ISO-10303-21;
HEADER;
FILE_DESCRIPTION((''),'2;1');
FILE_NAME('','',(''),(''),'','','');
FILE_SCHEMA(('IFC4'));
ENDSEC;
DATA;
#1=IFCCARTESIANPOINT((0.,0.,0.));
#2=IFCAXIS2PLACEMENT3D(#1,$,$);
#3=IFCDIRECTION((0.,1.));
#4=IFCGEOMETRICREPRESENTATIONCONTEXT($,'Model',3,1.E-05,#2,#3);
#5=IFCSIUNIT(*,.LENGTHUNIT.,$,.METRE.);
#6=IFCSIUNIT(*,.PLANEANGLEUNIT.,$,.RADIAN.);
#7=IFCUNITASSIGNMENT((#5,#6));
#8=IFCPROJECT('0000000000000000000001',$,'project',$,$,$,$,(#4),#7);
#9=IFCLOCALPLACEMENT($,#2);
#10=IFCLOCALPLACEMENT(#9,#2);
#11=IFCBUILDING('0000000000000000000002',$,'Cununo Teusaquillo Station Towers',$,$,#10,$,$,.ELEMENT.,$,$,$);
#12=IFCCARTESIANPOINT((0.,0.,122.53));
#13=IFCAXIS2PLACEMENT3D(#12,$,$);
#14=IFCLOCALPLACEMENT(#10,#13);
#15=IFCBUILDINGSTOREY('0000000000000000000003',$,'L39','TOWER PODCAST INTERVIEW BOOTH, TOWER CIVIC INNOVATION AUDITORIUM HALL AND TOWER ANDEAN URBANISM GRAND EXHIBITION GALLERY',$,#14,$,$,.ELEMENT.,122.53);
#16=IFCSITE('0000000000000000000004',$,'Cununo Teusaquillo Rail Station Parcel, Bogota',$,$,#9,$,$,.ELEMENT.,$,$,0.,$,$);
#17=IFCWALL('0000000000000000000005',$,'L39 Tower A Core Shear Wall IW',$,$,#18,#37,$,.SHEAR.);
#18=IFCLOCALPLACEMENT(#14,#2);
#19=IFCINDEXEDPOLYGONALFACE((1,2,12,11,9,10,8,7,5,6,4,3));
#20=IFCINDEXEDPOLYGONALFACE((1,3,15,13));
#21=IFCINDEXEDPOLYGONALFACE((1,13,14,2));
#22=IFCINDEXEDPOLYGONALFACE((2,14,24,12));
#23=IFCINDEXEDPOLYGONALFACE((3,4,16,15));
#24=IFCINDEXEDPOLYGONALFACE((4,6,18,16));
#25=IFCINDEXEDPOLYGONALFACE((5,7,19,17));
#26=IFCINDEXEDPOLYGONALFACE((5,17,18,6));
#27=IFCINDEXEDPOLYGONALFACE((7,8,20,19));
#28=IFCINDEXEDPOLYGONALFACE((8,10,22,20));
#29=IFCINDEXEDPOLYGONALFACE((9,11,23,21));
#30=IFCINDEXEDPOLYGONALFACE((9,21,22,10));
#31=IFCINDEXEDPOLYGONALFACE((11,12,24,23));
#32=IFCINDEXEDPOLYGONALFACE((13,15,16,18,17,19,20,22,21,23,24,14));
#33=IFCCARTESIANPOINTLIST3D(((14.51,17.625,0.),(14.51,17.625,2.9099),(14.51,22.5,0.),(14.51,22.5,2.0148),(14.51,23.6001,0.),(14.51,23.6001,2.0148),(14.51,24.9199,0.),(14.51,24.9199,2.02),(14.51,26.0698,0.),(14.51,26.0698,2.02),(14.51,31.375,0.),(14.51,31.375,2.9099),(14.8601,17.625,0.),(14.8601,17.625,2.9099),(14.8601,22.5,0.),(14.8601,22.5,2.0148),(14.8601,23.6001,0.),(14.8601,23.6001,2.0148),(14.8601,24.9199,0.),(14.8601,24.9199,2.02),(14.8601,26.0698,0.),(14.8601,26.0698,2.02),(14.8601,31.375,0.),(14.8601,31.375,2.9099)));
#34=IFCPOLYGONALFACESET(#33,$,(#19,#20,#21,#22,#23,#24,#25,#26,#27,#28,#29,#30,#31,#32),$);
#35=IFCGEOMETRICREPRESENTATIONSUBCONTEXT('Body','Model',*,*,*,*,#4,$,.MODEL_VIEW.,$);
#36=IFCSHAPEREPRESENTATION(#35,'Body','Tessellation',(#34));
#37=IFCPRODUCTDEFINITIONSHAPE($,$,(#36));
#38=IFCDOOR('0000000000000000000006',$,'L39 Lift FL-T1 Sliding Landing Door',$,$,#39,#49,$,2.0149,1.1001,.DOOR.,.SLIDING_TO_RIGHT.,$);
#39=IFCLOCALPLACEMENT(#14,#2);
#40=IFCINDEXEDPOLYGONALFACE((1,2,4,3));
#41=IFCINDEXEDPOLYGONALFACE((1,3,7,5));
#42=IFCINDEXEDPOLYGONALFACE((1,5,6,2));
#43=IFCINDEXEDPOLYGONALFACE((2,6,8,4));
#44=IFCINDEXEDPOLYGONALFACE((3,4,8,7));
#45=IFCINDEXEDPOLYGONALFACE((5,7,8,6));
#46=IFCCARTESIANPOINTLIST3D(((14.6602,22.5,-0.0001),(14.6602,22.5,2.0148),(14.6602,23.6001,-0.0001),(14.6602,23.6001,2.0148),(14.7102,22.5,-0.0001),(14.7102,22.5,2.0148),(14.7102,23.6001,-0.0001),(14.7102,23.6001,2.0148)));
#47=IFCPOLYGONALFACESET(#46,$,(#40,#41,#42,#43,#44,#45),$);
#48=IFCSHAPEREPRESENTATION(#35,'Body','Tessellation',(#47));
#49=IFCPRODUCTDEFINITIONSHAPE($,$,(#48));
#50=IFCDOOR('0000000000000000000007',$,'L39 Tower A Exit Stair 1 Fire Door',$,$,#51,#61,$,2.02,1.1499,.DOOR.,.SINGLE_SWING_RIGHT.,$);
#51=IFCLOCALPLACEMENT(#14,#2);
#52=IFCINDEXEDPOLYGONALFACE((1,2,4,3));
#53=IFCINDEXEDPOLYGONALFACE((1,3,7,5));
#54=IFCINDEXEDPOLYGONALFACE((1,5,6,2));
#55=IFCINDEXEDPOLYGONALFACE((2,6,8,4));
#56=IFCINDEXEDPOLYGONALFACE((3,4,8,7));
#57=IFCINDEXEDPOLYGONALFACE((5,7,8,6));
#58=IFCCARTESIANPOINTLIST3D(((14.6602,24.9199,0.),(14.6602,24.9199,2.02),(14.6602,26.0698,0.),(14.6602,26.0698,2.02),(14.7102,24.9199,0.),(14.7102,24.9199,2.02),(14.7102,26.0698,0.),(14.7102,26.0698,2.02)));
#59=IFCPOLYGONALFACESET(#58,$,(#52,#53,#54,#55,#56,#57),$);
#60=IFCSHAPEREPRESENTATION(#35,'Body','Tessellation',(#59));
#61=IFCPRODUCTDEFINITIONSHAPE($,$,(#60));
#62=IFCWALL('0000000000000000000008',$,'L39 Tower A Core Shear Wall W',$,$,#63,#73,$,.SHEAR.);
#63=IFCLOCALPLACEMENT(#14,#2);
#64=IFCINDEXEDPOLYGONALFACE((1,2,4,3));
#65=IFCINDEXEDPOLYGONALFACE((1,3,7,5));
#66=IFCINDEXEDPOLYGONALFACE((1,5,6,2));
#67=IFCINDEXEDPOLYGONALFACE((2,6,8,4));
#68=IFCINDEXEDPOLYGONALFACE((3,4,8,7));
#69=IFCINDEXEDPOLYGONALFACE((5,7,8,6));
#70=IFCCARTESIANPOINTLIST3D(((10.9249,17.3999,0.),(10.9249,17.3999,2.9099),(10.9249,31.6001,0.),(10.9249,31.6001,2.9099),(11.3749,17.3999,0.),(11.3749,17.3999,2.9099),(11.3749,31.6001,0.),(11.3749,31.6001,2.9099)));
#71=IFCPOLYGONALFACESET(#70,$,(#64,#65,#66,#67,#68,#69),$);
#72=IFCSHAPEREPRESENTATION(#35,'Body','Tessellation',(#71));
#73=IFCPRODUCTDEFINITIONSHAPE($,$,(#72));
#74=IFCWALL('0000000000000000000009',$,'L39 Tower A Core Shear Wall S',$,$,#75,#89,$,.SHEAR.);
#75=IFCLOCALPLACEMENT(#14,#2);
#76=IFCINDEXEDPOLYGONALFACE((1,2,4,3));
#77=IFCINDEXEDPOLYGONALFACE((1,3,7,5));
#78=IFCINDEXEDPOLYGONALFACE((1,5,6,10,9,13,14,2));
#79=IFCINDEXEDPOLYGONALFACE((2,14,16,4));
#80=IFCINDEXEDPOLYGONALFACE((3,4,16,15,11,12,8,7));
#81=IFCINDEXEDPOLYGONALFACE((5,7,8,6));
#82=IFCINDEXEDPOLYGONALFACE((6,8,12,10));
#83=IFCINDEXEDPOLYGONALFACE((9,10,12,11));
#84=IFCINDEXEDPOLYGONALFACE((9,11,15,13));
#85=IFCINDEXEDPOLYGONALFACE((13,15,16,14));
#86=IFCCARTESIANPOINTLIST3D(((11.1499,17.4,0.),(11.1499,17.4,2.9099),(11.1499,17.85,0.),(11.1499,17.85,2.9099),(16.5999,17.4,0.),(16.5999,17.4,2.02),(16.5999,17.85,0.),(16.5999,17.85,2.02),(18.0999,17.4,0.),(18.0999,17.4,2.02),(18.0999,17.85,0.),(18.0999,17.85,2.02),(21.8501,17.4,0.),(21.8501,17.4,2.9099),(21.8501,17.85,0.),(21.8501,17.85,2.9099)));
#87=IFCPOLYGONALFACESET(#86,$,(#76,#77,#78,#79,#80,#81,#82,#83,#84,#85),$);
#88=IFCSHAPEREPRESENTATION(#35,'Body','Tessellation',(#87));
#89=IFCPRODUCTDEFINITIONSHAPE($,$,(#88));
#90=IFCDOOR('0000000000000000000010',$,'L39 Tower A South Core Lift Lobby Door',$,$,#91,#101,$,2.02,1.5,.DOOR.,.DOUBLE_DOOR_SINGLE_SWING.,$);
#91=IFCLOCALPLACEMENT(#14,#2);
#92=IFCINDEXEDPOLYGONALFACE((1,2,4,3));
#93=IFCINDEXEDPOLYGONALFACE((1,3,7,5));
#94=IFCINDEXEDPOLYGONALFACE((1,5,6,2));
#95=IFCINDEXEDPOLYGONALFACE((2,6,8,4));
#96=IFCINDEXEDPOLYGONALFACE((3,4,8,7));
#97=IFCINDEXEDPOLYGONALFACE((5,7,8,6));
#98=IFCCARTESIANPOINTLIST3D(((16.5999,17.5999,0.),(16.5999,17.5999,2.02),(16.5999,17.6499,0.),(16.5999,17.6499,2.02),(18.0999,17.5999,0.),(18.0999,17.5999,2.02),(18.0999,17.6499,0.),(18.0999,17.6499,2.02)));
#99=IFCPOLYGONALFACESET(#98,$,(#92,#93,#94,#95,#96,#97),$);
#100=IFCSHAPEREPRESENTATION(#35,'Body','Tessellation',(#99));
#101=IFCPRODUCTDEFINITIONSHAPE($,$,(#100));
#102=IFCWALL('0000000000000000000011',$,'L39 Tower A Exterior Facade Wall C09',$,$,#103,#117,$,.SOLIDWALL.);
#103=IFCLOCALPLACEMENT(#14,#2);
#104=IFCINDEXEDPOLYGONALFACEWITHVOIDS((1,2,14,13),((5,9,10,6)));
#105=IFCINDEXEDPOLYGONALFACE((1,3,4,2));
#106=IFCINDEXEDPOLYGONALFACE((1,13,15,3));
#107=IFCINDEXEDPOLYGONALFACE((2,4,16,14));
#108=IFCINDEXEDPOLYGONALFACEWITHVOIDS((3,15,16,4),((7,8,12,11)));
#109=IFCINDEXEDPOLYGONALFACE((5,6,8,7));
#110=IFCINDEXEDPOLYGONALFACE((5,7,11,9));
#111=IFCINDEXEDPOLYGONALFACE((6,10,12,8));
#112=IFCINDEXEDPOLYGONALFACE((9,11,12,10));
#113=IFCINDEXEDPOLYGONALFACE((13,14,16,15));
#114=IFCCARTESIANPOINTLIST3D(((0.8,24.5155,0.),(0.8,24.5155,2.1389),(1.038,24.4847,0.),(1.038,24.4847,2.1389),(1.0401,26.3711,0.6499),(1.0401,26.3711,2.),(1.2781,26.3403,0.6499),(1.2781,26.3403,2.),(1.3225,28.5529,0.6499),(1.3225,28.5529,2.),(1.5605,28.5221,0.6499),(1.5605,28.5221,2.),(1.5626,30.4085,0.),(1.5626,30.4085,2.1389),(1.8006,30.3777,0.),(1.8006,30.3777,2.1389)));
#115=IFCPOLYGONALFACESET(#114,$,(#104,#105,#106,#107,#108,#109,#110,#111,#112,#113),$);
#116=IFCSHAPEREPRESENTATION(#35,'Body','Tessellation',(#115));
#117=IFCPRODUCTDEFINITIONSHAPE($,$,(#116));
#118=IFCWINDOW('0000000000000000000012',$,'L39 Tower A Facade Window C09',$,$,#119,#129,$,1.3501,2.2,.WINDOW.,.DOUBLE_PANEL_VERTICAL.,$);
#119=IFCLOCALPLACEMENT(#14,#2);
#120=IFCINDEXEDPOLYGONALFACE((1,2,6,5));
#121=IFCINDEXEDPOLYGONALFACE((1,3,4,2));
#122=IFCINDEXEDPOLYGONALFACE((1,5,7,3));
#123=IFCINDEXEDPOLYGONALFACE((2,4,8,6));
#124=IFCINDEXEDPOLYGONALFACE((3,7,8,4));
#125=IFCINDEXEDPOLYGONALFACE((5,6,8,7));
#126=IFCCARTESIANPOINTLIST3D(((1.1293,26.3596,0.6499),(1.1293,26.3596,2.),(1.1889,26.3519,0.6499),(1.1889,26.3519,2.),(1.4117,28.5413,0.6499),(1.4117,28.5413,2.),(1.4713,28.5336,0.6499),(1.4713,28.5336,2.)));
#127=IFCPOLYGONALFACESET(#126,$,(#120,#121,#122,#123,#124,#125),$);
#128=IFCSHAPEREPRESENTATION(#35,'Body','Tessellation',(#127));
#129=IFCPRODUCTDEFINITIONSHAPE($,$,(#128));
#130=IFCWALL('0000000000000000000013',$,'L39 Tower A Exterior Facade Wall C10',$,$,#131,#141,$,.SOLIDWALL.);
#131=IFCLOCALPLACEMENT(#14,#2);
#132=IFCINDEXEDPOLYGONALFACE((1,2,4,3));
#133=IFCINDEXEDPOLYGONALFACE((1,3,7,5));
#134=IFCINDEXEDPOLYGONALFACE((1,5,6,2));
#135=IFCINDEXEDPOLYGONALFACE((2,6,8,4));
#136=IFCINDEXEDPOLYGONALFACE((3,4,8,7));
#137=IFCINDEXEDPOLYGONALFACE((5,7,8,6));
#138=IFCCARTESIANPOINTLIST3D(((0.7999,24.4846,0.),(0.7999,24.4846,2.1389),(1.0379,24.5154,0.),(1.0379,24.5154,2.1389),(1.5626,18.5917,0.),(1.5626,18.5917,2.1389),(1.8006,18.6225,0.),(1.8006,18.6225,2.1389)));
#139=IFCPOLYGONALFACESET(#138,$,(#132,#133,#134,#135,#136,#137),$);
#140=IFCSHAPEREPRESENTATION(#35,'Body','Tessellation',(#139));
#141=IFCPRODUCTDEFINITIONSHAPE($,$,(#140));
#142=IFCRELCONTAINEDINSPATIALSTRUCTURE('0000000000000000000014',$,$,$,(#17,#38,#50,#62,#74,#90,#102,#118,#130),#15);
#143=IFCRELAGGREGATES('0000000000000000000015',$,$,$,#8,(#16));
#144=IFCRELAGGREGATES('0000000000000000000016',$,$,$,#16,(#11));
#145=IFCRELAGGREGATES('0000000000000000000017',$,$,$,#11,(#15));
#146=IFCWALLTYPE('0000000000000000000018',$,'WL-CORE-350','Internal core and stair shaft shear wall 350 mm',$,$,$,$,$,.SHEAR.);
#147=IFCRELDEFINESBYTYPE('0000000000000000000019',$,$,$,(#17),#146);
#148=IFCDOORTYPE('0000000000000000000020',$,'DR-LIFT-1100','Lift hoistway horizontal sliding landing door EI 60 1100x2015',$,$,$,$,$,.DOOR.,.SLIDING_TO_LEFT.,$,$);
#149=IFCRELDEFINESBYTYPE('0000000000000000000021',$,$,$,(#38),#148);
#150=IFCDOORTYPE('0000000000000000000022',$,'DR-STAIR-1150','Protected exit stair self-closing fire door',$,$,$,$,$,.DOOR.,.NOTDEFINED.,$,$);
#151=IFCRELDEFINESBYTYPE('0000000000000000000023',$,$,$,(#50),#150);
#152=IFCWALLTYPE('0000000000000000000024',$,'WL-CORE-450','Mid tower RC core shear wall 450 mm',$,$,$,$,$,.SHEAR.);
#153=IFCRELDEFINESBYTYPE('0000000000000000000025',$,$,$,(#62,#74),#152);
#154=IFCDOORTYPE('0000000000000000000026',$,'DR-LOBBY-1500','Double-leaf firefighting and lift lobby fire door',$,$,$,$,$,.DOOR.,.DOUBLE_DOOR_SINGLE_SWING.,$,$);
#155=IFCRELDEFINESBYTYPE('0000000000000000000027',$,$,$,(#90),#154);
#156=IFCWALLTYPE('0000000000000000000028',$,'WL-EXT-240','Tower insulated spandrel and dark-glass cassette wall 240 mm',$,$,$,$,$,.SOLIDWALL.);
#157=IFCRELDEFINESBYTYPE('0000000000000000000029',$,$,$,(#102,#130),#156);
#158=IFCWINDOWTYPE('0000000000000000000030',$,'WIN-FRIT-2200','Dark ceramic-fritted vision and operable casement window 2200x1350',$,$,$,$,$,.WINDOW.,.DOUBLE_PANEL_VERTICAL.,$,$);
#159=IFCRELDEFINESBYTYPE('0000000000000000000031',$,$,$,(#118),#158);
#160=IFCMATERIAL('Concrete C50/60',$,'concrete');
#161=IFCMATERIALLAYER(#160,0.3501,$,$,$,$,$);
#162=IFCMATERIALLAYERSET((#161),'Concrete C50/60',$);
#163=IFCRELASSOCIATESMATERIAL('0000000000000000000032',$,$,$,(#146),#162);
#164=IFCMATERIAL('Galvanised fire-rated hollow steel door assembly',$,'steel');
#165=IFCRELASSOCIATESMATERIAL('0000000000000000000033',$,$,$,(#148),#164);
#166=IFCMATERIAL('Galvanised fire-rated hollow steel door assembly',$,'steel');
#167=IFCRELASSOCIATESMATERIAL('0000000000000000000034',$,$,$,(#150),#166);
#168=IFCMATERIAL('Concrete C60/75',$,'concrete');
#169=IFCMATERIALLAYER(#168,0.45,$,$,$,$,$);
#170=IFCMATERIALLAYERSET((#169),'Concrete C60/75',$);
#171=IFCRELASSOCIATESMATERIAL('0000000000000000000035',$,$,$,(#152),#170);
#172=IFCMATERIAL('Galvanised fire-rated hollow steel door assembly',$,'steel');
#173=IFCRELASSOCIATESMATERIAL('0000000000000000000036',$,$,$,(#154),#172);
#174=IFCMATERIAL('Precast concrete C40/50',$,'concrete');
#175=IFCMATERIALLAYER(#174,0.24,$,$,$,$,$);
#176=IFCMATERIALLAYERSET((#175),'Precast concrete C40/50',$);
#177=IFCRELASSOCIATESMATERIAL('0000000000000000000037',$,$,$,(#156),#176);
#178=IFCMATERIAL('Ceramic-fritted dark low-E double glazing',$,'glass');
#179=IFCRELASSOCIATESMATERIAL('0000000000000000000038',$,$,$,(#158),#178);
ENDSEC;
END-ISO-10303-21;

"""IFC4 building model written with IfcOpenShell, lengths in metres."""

from ifc_helpers import new_model, si_unit, direction, frame, frame_2d, origin, place, context, subcontext, project, spatial, rectangle, extrude, source, transform, mapped, material, layer, layer_set, type_object, element, fill, save


model = new_model("IFC4")

# Units and contexts
model_context = context("Model", 3, precision=1e-05, world=origin(), true_north=direction((0.0, 1.0)))
body_context = subcontext(model_context, "Body", "Model", "MODEL_VIEW")
ifc_project = project(units=[si_unit("LENGTHUNIT", "METRE"), si_unit("PLANEANGLEUNIT", "RADIAN")], contexts=[model_context])

# Site, building, storey
site_placement = place(None, origin())
site = spatial("IfcSite", under=ifc_project, at=site_placement, Name="Cununo Teusaquillo Rail Station Parcel, Bogota", CompositionType="ELEMENT", RefElevation=0.0)
building_placement = place(site_placement, origin())
building = spatial("IfcBuilding", under=site, at=building_placement, Name="Cununo Teusaquillo Station Towers", CompositionType="ELEMENT")
storey_placement = place(building_placement, frame((0.0, 0.0, 122.53)))
storey = spatial("IfcBuildingStorey", under=building, at=storey_placement, Name="L39", Description="TOWER PODCAST INTERVIEW BOOTH, TOWER CIVIC INNOVATION AUDITORIUM HALL AND TOWER ANDEAN URBANISM GRAND EXHIBITION GALLERY", CompositionType="ELEMENT", Elevation=122.53)

# Wall, openings, doors
ifc_material_1 = material(Name="Concrete C50/60", Category="concrete")
ifc_layer_1 = layer(ifc_material_1, 0.3501)
ifc_layer_set_1 = layer_set([ifc_layer_1], Name="Concrete C50/60")
wall_type_1 = type_object("IfcWallType", Name="WL-CORE-350", Description="Internal core and stair shaft shear wall 350 mm", PredefinedType="SHEAR", material=ifc_layer_set_1)
wall_1_placement = place(storey_placement, frame((14.6851, 17.625, 0.0), z_axis=(0.0, 0.0, 1.0), x_axis=(0.0, 1.0, 0.0)))
wall_1 = element("IfcWall", 1, at=wall_1_placement, inside=storey, type_object=wall_type_1, Name="L39 Tower A Core Shear Wall IW", PredefinedType="SHEAR", context=body_context, shape_type="SweptSolid", body=[
    extrude(rectangle(XDim=13.75, YDim=0.3501, at=frame_2d((6.875, 0.0))), origin(), (0.0, 0.0, 1.0), 2.9099),
])
shared_shape_1 = source(origin(), body_context, "Body", "SweptSolid", [
    extrude(rectangle(XDim=1.1001, YDim=2.0149, at=frame_2d((0.55, 1.0073))), frame((0.0, 0.1851, 0.0), z_axis=(0.0, -1.0, 0.0), x_axis=(1.0, 0.0, 0.0)), (0.0, 0.0, 1.0), 0.3701),
])
opening_1_placement = place(wall_1_placement, frame((4.875, 0.0, 0.0)))
opening_1 = element("IfcOpeningElement", 2, at=opening_1_placement, cuts=wall_1, PredefinedType="OPENING", context=body_context, shape_type="MappedRepresentation", body=[
    mapped(shared_shape_1, transform((0.0, 0.0, 0.0), x_axis=(1.0, 0.0, 0.0), y_axis=(0.0, 1.0, 0.0), z_axis=(0.0, 0.0, 1.0), scale=1.0)),
])
shared_shape_2 = source(origin(), body_context, "Body", "SweptSolid", [
    extrude(rectangle(XDim=1.1499, YDim=2.02, at=frame_2d((0.575, 1.01))), frame((0.0, 0.1851, 0.0), z_axis=(0.0, -1.0, 0.0), x_axis=(1.0, 0.0, 0.0)), (0.0, 0.0, 1.0), 0.3701),
])
opening_2_placement = place(wall_1_placement, frame((7.2949, 0.0, 0.0)))
opening_2 = element("IfcOpeningElement", 3, at=opening_2_placement, cuts=wall_1, PredefinedType="OPENING", context=body_context, shape_type="MappedRepresentation", body=[
    mapped(shared_shape_2, transform((0.0, 0.0, 0.0), x_axis=(1.0, 0.0, 0.0), y_axis=(0.0, 1.0, 0.0), z_axis=(0.0, 0.0, 1.0), scale=1.0)),
])
ifc_material_2 = material(Name="Galvanised fire-rated hollow steel door assembly", Category="steel")
door_type_1 = type_object("IfcDoorType", Name="DR-LIFT-1100", Description="Lift hoistway horizontal sliding landing door EI 60 1100x2015", OperationType="SLIDING_TO_LEFT", PredefinedType="DOOR", material=ifc_material_2)
shared_shape_3 = source(origin(), body_context, "Body", "SweptSolid", [
    extrude(rectangle(XDim=1.1001, YDim=2.0149, at=frame_2d((0.55, 1.0073))), frame((0.0, 0.0249, 0.0), z_axis=(0.0, -1.0, 0.0), x_axis=(1.0, 0.0, 0.0)), (0.0, 0.0, 1.0), 0.05),
])
door_1_placement = place(opening_1_placement, origin())
door_1 = element("IfcDoor", 4, at=door_1_placement, inside=storey, type_object=door_type_1, Name="L39 Lift FL-T1 Sliding Landing Door", OperationType="SLIDING_TO_RIGHT", OverallHeight=2.0149, OverallWidth=1.1001, PredefinedType="DOOR", context=body_context, shape_type="MappedRepresentation", body=[
    mapped(shared_shape_3, transform((0.0, 0.0, 0.0), x_axis=(1.0, 0.0, 0.0), y_axis=(0.0, 1.0, 0.0), z_axis=(0.0, 0.0, 1.0), scale=1.0)),
])
fill(opening_1, door_1)
ifc_material_3 = material(Name="Galvanised fire-rated hollow steel door assembly", Category="steel")
door_type_2 = type_object("IfcDoorType", Name="DR-STAIR-1150", Description="Protected exit stair self-closing fire door", OperationType="NOTDEFINED", PredefinedType="DOOR", material=ifc_material_3)
shared_shape_4 = source(origin(), body_context, "Body", "SweptSolid", [
    extrude(rectangle(XDim=1.1499, YDim=2.02, at=frame_2d((0.575, 1.01))), frame((0.0, 0.0249, 0.0), z_axis=(0.0, -1.0, 0.0), x_axis=(1.0, 0.0, 0.0)), (0.0, 0.0, 1.0), 0.05),
])
door_2_placement = place(opening_2_placement, origin())
door_2 = element("IfcDoor", 5, at=door_2_placement, inside=storey, type_object=door_type_2, Name="L39 Tower A Exit Stair 1 Fire Door", OperationType="SINGLE_SWING_RIGHT", OverallHeight=2.02, OverallWidth=1.1499, PredefinedType="DOOR", context=body_context, shape_type="MappedRepresentation", body=[
    mapped(shared_shape_4, transform((0.0, 0.0, 0.0), x_axis=(1.0, 0.0, 0.0), y_axis=(0.0, 1.0, 0.0), z_axis=(0.0, 0.0, 1.0), scale=1.0)),
])
fill(opening_2, door_2)

# Wall
ifc_material_4 = material(Name="Concrete C60/75", Category="concrete")
ifc_layer_2 = layer(ifc_material_4, 0.45)
ifc_layer_set_2 = layer_set([ifc_layer_2], Name="Concrete C60/75")
wall_type_2 = type_object("IfcWallType", Name="WL-CORE-450", Description="Mid tower RC core shear wall 450 mm", PredefinedType="SHEAR", material=ifc_layer_set_2)
wall_2_placement = place(storey_placement, frame((11.1499, 17.3999, 0.0), z_axis=(0.0, 0.0, 1.0), x_axis=(0.0, 1.0, 0.0)))
element("IfcWall", 6, at=wall_2_placement, inside=storey, type_object=wall_type_2, Name="L39 Tower A Core Shear Wall W", PredefinedType="SHEAR", context=body_context, shape_type="SweptSolid", body=[
    extrude(rectangle(XDim=14.2002, YDim=0.45, at=frame_2d((7.1001, 0.0))), origin(), (0.0, 0.0, 1.0), 2.9099),
])

# Wall, opening, door
wall_3_placement = place(storey_placement, frame((11.1499, 17.625, 0.0), z_axis=(0.0, 0.0, 1.0), x_axis=(1.0, 0.0, 0.0)))
wall_3 = element("IfcWall", 7, at=wall_3_placement, inside=storey, type_object=wall_type_2, Name="L39 Tower A Core Shear Wall S", PredefinedType="SHEAR", context=body_context, shape_type="SweptSolid", body=[
    extrude(rectangle(XDim=10.7002, YDim=0.45, at=frame_2d((5.3501, 0.0))), origin(), (0.0, 0.0, 1.0), 2.9099),
])
shared_shape_5 = source(origin(), body_context, "Body", "SweptSolid", [
    extrude(rectangle(XDim=1.5, YDim=2.02, at=frame_2d((0.75, 1.01))), frame((0.0, 0.2349, 0.0), z_axis=(0.0, -1.0, 0.0), x_axis=(1.0, 0.0, 0.0)), (0.0, 0.0, 1.0), 0.47),
])
opening_3_placement = place(wall_3_placement, frame((5.45, 0.0, 0.0)))
opening_3 = element("IfcOpeningElement", 8, at=opening_3_placement, cuts=wall_3, PredefinedType="OPENING", context=body_context, shape_type="MappedRepresentation", body=[
    mapped(shared_shape_5, transform((0.0, 0.0, 0.0), x_axis=(1.0, 0.0, 0.0), y_axis=(0.0, 1.0, 0.0), z_axis=(0.0, 0.0, 1.0), scale=1.0)),
])
ifc_material_5 = material(Name="Galvanised fire-rated hollow steel door assembly", Category="steel")
door_type_3 = type_object("IfcDoorType", Name="DR-LOBBY-1500", Description="Double-leaf firefighting and lift lobby fire door", OperationType="DOUBLE_DOOR_SINGLE_SWING", PredefinedType="DOOR", material=ifc_material_5)
shared_shape_6 = source(origin(), body_context, "Body", "SweptSolid", [
    extrude(rectangle(XDim=1.5, YDim=2.02, at=frame_2d((0.75, 1.01))), frame((0.0, 0.0249, 0.0), z_axis=(0.0, -1.0, 0.0), x_axis=(1.0, 0.0, 0.0)), (0.0, 0.0, 1.0), 0.05),
])
door_3_placement = place(opening_3_placement, origin())
door_3 = element("IfcDoor", 9, at=door_3_placement, inside=storey, type_object=door_type_3, Name="L39 Tower A South Core Lift Lobby Door", OperationType="DOUBLE_DOOR_SINGLE_SWING", OverallHeight=2.02, OverallWidth=1.5, PredefinedType="DOOR", context=body_context, shape_type="MappedRepresentation", body=[
    mapped(shared_shape_6, transform((0.0, 0.0, 0.0), x_axis=(1.0, 0.0, 0.0), y_axis=(0.0, 1.0, 0.0), z_axis=(0.0, 0.0, 1.0), scale=1.0)),
])
fill(opening_3, door_3)

# Wall, opening, window
ifc_material_6 = material(Name="Precast concrete C40/50", Category="concrete")
ifc_layer_3 = layer(ifc_material_6, 0.24)
ifc_layer_set_3 = layer_set([ifc_layer_3], Name="Precast concrete C40/50")
wall_type_3 = type_object("IfcWallType", Name="WL-EXT-240", Description="Tower insulated spandrel and dark-glass cassette wall 240 mm", PredefinedType="SOLIDWALL", material=ifc_layer_set_3)
wall_4_placement = place(storey_placement, frame((0.9189, 24.5, 0.0), z_axis=(0.0, 0.0, 1.0), x_axis=(0.128352, 0.991729, 0.0)))
wall_4 = element("IfcWall", 10, at=wall_4_placement, inside=storey, type_object=wall_type_3, Name="L39 Tower A Exterior Facade Wall C09", PredefinedType="SOLIDWALL", context=body_context, shape_type="SweptSolid", body=[
    extrude(rectangle(XDim=5.9421, YDim=0.24, at=frame_2d((2.9712, 0.0))), origin(), (0.0, 0.0, 1.0), 2.1389),
])
shared_shape_7 = source(origin(), body_context, "Body", "SweptSolid", [
    extrude(rectangle(XDim=2.2, YDim=1.3501, at=frame_2d((1.1001, 0.675))), frame((0.0, 0.1299, 0.0), z_axis=(0.0, -1.0, 0.0), x_axis=(1.0, 0.0, 0.0)), (0.0, 0.0, 1.0), 0.26),
])
opening_4_placement = place(wall_4_placement, frame((1.8711, 0.0, 0.6499)))
opening_4 = element("IfcOpeningElement", 11, at=opening_4_placement, cuts=wall_4, PredefinedType="OPENING", context=body_context, shape_type="MappedRepresentation", body=[
    mapped(shared_shape_7, transform((0.0, 0.0, 0.0), x_axis=(1.0, 0.0, 0.0), y_axis=(0.0, 1.0, 0.0), z_axis=(0.0, 0.0, 1.0), scale=1.0)),
])
ifc_material_7 = material(Name="Ceramic-fritted dark low-E double glazing", Category="glass")
window_type = type_object("IfcWindowType", Name="WIN-FRIT-2200", Description="Dark ceramic-fritted vision and operable casement window 2200x1350", PartitioningType="DOUBLE_PANEL_VERTICAL", PredefinedType="WINDOW", material=ifc_material_7)
shared_shape_8 = source(origin(), body_context, "Body", "SweptSolid", [
    extrude(rectangle(XDim=2.2, YDim=1.3501, at=frame_2d((1.1001, 0.675))), frame((0.0, 0.03, 0.0), z_axis=(0.0, -1.0, 0.0), x_axis=(1.0, 0.0, 0.0)), (0.0, 0.0, 1.0), 0.0601),
])
window_placement = place(opening_4_placement, origin())
window = element("IfcWindow", 12, at=window_placement, inside=storey, type_object=window_type, Name="L39 Tower A Facade Window C09", OverallHeight=1.3501, OverallWidth=2.2, PartitioningType="DOUBLE_PANEL_VERTICAL", PredefinedType="WINDOW", context=body_context, shape_type="MappedRepresentation", body=[
    mapped(shared_shape_8, transform((0.0, 0.0, 0.0), x_axis=(1.0, 0.0, 0.0), y_axis=(0.0, 1.0, 0.0), z_axis=(0.0, 0.0, 1.0), scale=1.0)),
])
fill(opening_4, window)

# Wall
wall_5_placement = place(storey_placement, frame((1.6816, 18.6069, 0.0), z_axis=(0.0, 0.0, 1.0), x_axis=(-0.128352, 0.991729, 0.0)))
element("IfcWall", 13, at=wall_5_placement, inside=storey, type_object=wall_type_3, Name="L39 Tower A Exterior Facade Wall C10", PredefinedType="SOLIDWALL", context=body_context, shape_type="SweptSolid", body=[
    extrude(rectangle(XDim=5.9421, YDim=0.24, at=frame_2d((2.9712, 0.0))), origin(), (0.0, 0.0, 1.0), 2.1389),
])

save(model, "model.ifc")
